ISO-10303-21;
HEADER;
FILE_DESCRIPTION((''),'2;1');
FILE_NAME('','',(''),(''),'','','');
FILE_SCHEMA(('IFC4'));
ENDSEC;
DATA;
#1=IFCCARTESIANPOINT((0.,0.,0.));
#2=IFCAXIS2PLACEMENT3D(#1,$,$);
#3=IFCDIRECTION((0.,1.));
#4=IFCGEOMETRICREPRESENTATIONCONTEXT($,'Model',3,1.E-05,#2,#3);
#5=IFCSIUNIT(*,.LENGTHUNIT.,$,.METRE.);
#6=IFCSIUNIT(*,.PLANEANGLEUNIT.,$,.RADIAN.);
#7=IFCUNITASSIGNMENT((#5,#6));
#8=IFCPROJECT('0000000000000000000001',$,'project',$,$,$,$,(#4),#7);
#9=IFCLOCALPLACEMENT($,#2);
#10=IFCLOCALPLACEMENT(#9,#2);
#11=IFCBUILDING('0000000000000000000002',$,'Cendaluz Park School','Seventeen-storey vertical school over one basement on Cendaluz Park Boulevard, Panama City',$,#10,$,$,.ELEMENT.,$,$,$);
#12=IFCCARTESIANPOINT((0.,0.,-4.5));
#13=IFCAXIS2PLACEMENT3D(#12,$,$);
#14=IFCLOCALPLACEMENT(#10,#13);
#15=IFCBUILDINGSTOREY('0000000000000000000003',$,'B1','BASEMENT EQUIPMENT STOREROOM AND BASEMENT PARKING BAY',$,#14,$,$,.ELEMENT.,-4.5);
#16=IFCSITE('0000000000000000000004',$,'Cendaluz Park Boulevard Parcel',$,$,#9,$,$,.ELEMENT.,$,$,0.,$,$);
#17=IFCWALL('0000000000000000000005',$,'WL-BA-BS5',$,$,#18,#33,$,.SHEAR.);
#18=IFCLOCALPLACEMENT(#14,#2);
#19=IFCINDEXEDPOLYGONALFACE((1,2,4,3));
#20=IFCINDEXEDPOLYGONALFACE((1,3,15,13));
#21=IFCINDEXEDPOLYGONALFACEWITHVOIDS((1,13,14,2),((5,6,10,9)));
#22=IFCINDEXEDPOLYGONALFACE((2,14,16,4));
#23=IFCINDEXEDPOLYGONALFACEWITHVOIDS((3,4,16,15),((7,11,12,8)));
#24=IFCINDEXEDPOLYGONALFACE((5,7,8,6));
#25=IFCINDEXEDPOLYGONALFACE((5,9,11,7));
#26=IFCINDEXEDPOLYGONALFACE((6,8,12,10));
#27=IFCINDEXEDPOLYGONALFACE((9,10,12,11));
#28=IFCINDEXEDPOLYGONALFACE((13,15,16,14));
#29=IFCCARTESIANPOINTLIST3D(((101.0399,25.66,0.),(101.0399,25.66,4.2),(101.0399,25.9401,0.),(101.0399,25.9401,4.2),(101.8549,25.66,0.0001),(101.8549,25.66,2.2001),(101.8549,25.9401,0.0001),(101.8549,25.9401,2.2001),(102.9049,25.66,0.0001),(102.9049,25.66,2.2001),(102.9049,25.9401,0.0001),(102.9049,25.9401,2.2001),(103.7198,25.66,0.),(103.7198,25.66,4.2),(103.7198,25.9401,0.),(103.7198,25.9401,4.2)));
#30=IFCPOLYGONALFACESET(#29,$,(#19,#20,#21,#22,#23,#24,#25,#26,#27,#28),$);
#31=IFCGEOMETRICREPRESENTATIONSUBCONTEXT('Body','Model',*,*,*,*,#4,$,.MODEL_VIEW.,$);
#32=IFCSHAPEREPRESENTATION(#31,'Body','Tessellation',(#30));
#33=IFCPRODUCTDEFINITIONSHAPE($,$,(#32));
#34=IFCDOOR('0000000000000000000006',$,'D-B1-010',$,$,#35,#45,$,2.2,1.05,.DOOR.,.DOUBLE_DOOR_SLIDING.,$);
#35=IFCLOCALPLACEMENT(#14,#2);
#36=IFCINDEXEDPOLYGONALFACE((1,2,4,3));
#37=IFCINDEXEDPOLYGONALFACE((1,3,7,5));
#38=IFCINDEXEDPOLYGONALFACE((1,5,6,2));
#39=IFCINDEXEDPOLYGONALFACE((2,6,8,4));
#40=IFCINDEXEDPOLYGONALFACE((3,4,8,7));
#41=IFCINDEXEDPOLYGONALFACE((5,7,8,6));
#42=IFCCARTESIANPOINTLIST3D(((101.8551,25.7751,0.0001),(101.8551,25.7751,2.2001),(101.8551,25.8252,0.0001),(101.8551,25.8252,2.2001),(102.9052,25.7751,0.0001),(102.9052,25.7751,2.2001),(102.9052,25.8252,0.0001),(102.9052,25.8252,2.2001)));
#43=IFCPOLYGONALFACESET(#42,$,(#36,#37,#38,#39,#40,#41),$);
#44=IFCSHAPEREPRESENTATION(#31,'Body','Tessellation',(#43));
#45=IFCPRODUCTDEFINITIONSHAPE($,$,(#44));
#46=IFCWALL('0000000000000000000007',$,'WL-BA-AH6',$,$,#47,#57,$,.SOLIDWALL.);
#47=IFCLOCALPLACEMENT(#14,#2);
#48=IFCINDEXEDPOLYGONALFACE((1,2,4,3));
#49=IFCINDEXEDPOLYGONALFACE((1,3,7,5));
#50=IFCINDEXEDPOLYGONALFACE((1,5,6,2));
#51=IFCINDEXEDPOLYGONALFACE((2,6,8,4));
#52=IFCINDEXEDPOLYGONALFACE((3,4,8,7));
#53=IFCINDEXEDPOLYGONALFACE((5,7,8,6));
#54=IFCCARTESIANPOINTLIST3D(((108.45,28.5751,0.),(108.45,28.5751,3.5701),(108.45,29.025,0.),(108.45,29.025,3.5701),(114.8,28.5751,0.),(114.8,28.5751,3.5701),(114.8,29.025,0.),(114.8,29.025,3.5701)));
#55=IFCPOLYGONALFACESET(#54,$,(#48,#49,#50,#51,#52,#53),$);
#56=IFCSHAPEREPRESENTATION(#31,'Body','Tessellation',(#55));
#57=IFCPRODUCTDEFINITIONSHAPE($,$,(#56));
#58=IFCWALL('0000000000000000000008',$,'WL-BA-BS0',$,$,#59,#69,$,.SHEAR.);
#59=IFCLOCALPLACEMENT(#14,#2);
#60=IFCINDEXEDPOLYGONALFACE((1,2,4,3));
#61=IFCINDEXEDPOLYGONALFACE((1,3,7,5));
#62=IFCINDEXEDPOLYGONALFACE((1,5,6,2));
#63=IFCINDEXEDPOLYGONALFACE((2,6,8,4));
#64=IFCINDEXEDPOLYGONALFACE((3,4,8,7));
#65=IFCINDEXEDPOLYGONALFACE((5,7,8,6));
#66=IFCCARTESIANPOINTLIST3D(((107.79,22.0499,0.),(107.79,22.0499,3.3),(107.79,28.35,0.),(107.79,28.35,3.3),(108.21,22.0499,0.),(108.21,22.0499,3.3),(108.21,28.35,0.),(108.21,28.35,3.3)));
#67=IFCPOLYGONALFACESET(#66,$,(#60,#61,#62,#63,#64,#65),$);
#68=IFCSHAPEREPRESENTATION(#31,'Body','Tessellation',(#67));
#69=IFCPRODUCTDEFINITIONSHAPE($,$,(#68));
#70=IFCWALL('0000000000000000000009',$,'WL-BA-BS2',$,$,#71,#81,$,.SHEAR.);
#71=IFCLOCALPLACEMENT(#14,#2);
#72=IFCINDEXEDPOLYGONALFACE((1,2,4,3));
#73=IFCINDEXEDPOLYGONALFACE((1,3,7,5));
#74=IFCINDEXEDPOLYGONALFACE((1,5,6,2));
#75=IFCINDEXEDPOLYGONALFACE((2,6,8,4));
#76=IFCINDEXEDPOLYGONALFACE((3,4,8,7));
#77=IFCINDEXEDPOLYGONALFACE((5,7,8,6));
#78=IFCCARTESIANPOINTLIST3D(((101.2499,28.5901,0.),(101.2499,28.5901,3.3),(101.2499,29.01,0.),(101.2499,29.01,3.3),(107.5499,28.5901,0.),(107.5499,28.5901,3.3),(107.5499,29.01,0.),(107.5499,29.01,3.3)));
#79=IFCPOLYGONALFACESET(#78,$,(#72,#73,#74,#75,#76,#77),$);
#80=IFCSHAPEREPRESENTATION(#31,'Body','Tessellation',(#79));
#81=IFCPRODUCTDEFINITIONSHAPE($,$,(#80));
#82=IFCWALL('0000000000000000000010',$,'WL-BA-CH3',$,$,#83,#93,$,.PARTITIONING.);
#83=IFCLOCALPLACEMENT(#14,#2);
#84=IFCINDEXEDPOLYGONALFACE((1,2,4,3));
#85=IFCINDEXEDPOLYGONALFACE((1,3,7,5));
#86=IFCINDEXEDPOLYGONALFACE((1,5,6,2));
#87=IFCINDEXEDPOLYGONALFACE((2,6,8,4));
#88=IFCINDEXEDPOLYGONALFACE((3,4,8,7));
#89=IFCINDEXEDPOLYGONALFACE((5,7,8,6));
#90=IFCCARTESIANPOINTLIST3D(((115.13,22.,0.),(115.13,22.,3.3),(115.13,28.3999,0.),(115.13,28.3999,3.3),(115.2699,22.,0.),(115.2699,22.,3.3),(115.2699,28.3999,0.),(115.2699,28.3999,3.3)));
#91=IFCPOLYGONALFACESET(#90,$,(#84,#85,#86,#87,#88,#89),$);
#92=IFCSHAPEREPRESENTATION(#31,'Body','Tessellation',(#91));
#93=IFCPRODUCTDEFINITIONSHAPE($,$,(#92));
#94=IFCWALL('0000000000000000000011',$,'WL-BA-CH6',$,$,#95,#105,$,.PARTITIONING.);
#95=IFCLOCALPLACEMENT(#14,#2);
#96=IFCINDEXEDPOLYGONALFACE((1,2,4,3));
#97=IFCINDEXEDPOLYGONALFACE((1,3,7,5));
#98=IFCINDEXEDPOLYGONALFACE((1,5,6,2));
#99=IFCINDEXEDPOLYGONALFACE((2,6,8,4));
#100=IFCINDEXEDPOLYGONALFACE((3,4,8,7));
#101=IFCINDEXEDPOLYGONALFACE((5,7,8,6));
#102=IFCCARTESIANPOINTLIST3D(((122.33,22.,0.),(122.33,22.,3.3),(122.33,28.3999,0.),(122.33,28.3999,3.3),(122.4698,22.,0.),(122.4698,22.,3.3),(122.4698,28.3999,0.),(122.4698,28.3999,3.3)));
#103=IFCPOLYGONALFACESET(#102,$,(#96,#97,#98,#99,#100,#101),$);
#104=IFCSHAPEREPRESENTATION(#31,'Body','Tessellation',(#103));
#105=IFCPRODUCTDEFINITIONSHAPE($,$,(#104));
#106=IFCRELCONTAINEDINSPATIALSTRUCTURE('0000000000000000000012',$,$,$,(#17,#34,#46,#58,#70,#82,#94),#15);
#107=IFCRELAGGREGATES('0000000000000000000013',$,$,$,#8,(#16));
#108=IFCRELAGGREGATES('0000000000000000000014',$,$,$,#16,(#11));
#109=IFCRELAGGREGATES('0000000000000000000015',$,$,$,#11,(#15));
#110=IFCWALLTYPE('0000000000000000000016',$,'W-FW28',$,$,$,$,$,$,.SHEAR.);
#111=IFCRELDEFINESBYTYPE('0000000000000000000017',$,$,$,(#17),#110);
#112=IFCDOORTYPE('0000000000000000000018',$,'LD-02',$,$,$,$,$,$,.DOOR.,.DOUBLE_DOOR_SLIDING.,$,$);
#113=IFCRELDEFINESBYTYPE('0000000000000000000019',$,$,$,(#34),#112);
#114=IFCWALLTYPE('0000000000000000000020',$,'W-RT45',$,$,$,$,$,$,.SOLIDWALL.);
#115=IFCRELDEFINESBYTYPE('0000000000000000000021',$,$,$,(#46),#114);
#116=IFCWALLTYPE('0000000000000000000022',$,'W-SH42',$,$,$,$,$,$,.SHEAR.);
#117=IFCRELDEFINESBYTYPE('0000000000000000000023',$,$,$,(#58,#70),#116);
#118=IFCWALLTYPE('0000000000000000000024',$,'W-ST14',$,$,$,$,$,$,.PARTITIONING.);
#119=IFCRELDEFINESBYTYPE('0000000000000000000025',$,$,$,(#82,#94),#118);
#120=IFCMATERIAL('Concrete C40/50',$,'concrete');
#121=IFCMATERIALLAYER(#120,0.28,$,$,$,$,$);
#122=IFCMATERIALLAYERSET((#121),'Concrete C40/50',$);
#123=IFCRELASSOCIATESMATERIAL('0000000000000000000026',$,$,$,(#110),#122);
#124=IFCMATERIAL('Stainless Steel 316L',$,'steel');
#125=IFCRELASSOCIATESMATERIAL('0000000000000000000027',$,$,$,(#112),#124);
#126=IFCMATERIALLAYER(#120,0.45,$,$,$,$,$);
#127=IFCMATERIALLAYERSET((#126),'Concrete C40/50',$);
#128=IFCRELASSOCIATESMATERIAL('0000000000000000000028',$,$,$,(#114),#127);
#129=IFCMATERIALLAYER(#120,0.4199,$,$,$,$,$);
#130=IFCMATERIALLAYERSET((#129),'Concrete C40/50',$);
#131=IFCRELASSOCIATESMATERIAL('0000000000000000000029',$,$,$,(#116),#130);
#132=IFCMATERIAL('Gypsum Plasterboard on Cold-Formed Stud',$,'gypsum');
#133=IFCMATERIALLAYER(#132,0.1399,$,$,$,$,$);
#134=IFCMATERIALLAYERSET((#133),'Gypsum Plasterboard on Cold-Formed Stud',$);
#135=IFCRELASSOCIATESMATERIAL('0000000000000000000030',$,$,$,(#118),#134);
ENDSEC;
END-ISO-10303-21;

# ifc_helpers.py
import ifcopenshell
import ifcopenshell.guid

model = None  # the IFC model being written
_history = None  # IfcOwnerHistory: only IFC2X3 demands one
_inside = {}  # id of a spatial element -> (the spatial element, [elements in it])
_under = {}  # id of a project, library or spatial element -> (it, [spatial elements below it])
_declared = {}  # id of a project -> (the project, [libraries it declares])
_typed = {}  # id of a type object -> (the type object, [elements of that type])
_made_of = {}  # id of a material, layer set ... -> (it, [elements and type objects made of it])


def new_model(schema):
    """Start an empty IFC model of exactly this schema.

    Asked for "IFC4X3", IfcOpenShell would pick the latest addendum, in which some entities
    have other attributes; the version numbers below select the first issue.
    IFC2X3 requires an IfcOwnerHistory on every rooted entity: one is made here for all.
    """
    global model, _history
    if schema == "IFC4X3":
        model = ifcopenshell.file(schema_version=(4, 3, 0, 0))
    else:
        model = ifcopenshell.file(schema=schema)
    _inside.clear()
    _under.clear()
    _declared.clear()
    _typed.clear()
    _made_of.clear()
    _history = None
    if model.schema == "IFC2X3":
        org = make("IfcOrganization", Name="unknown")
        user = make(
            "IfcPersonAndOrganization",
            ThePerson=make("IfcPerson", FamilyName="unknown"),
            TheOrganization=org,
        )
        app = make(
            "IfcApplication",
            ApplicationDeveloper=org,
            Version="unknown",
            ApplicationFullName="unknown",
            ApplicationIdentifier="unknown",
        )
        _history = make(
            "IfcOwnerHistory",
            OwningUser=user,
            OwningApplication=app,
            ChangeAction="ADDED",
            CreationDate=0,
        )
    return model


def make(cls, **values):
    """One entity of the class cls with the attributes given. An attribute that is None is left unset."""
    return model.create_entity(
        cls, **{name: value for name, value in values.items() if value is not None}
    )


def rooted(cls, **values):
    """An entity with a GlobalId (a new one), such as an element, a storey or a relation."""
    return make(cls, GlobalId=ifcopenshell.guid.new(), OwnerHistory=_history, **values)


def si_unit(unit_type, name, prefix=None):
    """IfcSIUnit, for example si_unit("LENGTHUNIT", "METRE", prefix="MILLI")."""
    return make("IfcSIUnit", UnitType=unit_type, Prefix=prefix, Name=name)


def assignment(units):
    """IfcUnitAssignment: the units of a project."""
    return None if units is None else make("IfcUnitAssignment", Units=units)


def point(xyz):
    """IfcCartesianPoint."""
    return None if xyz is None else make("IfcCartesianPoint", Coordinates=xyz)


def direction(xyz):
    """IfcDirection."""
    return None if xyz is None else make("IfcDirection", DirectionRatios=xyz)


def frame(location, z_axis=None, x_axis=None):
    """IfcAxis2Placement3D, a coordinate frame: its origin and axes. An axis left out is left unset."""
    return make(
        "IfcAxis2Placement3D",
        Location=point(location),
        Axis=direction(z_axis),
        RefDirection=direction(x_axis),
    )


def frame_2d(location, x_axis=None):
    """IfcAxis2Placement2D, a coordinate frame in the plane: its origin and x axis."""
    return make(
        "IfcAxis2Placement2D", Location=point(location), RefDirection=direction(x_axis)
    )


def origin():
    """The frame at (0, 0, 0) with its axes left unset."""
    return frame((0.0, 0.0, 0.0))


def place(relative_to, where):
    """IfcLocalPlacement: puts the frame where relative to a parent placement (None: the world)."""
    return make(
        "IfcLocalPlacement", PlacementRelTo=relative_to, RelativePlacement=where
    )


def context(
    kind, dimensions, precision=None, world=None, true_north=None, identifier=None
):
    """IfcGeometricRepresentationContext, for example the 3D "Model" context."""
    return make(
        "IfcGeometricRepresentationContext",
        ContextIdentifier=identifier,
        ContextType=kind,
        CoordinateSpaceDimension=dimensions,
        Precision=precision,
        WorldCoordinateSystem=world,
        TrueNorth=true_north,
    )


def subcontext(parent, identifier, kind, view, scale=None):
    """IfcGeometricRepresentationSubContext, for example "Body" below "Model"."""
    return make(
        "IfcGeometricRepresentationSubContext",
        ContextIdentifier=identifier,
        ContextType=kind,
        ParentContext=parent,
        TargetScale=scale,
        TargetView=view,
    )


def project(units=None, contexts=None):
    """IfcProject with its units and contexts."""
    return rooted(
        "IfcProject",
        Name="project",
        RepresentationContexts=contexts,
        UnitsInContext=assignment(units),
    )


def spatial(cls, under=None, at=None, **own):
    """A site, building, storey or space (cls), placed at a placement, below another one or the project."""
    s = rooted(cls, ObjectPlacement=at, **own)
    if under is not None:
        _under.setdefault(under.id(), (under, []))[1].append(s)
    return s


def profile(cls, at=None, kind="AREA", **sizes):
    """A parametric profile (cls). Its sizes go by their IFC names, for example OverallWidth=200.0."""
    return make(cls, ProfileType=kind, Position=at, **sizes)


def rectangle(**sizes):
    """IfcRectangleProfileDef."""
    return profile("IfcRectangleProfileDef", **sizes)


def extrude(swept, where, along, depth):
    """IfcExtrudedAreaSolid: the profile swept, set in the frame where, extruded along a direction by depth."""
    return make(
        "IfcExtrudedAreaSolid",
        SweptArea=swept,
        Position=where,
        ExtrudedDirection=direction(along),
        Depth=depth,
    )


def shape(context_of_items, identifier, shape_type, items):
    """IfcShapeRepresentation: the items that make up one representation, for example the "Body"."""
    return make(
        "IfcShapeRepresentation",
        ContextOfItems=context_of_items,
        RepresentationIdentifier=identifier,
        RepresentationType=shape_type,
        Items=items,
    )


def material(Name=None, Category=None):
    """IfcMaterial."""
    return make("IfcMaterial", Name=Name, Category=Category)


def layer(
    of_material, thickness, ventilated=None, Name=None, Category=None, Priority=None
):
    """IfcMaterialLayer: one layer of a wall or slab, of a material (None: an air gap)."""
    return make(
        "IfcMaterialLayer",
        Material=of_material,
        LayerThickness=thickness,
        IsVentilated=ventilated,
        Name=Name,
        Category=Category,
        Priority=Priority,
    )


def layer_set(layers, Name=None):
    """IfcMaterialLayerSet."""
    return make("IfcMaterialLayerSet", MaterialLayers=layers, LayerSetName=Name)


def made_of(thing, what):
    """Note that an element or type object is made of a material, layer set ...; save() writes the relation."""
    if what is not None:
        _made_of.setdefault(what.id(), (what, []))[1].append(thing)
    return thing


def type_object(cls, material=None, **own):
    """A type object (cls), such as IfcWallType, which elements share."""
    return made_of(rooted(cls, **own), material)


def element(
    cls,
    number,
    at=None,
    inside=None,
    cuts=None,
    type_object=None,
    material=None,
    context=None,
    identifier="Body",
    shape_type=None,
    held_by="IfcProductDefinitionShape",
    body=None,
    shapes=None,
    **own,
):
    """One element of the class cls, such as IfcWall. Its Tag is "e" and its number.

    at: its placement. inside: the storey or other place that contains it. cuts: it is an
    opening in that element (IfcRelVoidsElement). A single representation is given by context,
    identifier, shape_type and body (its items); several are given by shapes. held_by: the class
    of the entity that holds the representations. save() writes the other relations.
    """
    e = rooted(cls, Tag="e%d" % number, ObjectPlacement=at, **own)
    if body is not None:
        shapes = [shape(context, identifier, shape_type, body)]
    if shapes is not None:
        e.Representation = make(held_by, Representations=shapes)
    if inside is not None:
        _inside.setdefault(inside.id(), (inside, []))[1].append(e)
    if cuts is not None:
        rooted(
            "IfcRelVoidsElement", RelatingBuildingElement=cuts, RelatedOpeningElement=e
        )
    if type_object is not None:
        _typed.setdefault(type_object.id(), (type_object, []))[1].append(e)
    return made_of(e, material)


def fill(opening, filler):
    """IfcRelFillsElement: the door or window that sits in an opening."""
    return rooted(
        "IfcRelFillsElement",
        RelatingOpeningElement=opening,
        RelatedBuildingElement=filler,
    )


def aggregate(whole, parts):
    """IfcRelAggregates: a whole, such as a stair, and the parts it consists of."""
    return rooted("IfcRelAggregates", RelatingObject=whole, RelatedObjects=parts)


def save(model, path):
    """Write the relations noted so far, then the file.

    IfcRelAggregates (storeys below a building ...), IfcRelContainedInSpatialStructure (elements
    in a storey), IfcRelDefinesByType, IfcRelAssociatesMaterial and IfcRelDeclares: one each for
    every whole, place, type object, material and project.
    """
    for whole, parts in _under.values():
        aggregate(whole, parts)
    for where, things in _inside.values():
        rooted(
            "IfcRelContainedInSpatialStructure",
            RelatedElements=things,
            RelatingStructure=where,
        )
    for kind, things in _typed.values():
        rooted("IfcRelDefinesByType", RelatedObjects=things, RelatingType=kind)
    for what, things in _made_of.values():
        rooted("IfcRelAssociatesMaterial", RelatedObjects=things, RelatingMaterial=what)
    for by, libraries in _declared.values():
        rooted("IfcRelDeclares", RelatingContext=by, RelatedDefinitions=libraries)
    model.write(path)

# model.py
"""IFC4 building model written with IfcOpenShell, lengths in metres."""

from ifc_helpers import new_model, si_unit, direction, frame, frame_2d, origin, place, context, subcontext, project, spatial, rectangle, extrude, material, layer, layer_set, type_object, element, fill, save


model = new_model("IFC4")

# Units and contexts
model_context = context("Model", 3, precision=1e-05, world=origin(), true_north=direction((0.0, 1.0)))
body_context = subcontext(model_context, "Body", "Model", "MODEL_VIEW")
ifc_project = project(units=[si_unit("LENGTHUNIT", "METRE"), si_unit("PLANEANGLEUNIT", "RADIAN")], contexts=[model_context])

# Site, building, storey
site_placement = place(None, origin())
site = spatial("IfcSite", under=ifc_project, at=site_placement, Name="Cendaluz Park Boulevard Parcel", CompositionType="ELEMENT", RefElevation=0.0)
building_placement = place(site_placement, origin())
building = spatial("IfcBuilding", under=site, at=building_placement, Name="Cendaluz Park School", Description="Seventeen-storey vertical school over one basement on Cendaluz Park Boulevard, Panama City", CompositionType="ELEMENT")
storey_placement = place(building_placement, frame((0.0, 0.0, -4.5)))
storey = spatial("IfcBuildingStorey", under=building, at=storey_placement, Name="B1", Description="BASEMENT EQUIPMENT STOREROOM AND BASEMENT PARKING BAY", CompositionType="ELEMENT", Elevation=-4.5)

# Shared definitions
ifc_material_1 = material(Name="Concrete C40/50", Category="concrete")

# Shared definitions
ifc_layer_1 = layer(ifc_material_1, 0.28)
ifc_layer_set_1 = layer_set([ifc_layer_1], Name="Concrete C40/50")
wall_type_1 = type_object("IfcWallType", Name="W-FW28", PredefinedType="SHEAR", material=ifc_layer_set_1)

# Wall, opening, door
wall_1_placement = place(storey_placement, frame((101.04, 25.8, 0.0), z_axis=(0.0, 0.0, 1.0), x_axis=(1.0, 0.0, 0.0)))
wall_1 = element("IfcWall", 1, at=wall_1_placement, inside=storey, type_object=wall_type_1, Name="WL-BA-BS5", PredefinedType="SHEAR", context=body_context, shape_type="SweptSolid", body=[
    extrude(rectangle(XDim=2.6799, YDim=0.28, at=frame_2d((1.3398, 0.0))), origin(), (0.0, 0.0, 1.0), 4.2),
])
opening_placement = place(wall_1_placement, frame((0.8149, 0.0, 0.0)))
opening = element("IfcOpeningElement", 2, at=opening_placement, cuts=wall_1, PredefinedType="OPENING", context=body_context, shape_type="SweptSolid", body=[
    extrude(rectangle(XDim=1.05, YDim=2.2, at=frame_2d((0.5249, 1.1001))), frame((0.0, 0.1521, 0.0), z_axis=(0.0, -1.0, 0.0), x_axis=(1.0, 0.0, 0.0)), (0.0, 0.0, 1.0), 0.304),
])
ifc_material_2 = material(Name="Stainless Steel 316L", Category="steel")
door_type = type_object("IfcDoorType", Name="LD-02", OperationType="DOUBLE_DOOR_SLIDING", PredefinedType="DOOR", material=ifc_material_2)
door_placement = place(opening_placement, frame((1.05, 0.0, 0.0), z_axis=(0.0, 0.0, 1.0), x_axis=(-1.0, 0.0, 0.0)))
door = element("IfcDoor", 3, at=door_placement, inside=storey, type_object=door_type, Name="D-B1-010", OperationType="DOUBLE_DOOR_SLIDING", OverallHeight=2.2, OverallWidth=1.05, PredefinedType="DOOR", context=body_context, shape_type="SweptSolid", body=[
    extrude(rectangle(XDim=1.05, YDim=2.2, at=frame_2d((0.5249, 1.1001))), frame((0.0, 0.0249, 0.0), z_axis=(0.0, -1.0, 0.0), x_axis=(1.0, 0.0, 0.0)), (0.0, 0.0, 1.0), 0.05),
])
fill(opening, door)

# Walls
ifc_layer_2 = layer(ifc_material_1, 0.45)
ifc_layer_set_2 = layer_set([ifc_layer_2], Name="Concrete C40/50")
wall_type_2 = type_object("IfcWallType", Name="W-RT45", PredefinedType="SOLIDWALL", material=ifc_layer_set_2)
wall_2_placement = place(storey_placement, frame((108.45, 28.8, 0.0), z_axis=(0.0, 0.0, 1.0), x_axis=(1.0, 0.0, 0.0)))
element("IfcWall", 4, at=wall_2_placement, inside=storey, type_object=wall_type_2, Name="WL-BA-AH6", PredefinedType="SOLIDWALL", context=body_context, shape_type="SweptSolid", body=[
    extrude(rectangle(XDim=6.3501, YDim=0.45, at=frame_2d((3.175, 0.0))), origin(), (0.0, 0.0, 1.0), 3.5701),
])
ifc_layer_3 = layer(ifc_material_1, 0.4199)
ifc_layer_set_3 = layer_set([ifc_layer_3], Name="Concrete C40/50")
wall_type_3 = type_object("IfcWallType", Name="W-SH42", PredefinedType="SHEAR", material=ifc_layer_set_3)
for number, where, z_axis, x_axis, name in (
    (5, (108.0, 22.05, 0.0), (0.0, 0.0, 1.0), (0.0, 1.0, 0.0), "WL-BA-BS0"),
    (6, (101.25, 28.8, 0.0), (0.0, 0.0, 1.0), (1.0, 0.0, 0.0), "WL-BA-BS2"),
):
    element("IfcWall", number, at=place(storey_placement, frame(where, z_axis=z_axis, x_axis=x_axis)), inside=storey, type_object=wall_type_3, Name=name, PredefinedType="SHEAR", context=body_context, shape_type="SweptSolid", body=[
        extrude(rectangle(XDim=6.3, YDim=0.4199, at=frame_2d((3.1499, 0.0))), origin(), (0.0, 0.0, 1.0), 3.3),
    ])
ifc_material_3 = material(Name="Gypsum Plasterboard on Cold-Formed Stud", Category="gypsum")
ifc_layer_4 = layer(ifc_material_3, 0.1399)
ifc_layer_set_4 = layer_set([ifc_layer_4], Name="Gypsum Plasterboard on Cold-Formed Stud")
wall_type_4 = type_object("IfcWallType", Name="W-ST14", PredefinedType="PARTITIONING", material=ifc_layer_set_4)
for number, where, z_axis, x_axis, name in (
    (7, (115.2, 22.0, 0.0), (0.0, 0.0, 1.0), (0.0, 1.0, 0.0), "WL-BA-CH3"),
    (8, (122.3999, 22.0, 0.0), (0.0, 0.0, 1.0), (0.0, 1.0, 0.0), "WL-BA-CH6"),
):
    element("IfcWall", number, at=place(storey_placement, frame(where, z_axis=z_axis, x_axis=x_axis)), inside=storey, type_object=wall_type_4, Name=name, PredefinedType="PARTITIONING", context=body_context, shape_type="SweptSolid", body=[
        extrude(rectangle(XDim=6.3999, YDim=0.1399, at=frame_2d((3.2, 0.0))), origin(), (0.0, 0.0, 1.0), 3.3),
    ])

save(model, "model.ifc")
